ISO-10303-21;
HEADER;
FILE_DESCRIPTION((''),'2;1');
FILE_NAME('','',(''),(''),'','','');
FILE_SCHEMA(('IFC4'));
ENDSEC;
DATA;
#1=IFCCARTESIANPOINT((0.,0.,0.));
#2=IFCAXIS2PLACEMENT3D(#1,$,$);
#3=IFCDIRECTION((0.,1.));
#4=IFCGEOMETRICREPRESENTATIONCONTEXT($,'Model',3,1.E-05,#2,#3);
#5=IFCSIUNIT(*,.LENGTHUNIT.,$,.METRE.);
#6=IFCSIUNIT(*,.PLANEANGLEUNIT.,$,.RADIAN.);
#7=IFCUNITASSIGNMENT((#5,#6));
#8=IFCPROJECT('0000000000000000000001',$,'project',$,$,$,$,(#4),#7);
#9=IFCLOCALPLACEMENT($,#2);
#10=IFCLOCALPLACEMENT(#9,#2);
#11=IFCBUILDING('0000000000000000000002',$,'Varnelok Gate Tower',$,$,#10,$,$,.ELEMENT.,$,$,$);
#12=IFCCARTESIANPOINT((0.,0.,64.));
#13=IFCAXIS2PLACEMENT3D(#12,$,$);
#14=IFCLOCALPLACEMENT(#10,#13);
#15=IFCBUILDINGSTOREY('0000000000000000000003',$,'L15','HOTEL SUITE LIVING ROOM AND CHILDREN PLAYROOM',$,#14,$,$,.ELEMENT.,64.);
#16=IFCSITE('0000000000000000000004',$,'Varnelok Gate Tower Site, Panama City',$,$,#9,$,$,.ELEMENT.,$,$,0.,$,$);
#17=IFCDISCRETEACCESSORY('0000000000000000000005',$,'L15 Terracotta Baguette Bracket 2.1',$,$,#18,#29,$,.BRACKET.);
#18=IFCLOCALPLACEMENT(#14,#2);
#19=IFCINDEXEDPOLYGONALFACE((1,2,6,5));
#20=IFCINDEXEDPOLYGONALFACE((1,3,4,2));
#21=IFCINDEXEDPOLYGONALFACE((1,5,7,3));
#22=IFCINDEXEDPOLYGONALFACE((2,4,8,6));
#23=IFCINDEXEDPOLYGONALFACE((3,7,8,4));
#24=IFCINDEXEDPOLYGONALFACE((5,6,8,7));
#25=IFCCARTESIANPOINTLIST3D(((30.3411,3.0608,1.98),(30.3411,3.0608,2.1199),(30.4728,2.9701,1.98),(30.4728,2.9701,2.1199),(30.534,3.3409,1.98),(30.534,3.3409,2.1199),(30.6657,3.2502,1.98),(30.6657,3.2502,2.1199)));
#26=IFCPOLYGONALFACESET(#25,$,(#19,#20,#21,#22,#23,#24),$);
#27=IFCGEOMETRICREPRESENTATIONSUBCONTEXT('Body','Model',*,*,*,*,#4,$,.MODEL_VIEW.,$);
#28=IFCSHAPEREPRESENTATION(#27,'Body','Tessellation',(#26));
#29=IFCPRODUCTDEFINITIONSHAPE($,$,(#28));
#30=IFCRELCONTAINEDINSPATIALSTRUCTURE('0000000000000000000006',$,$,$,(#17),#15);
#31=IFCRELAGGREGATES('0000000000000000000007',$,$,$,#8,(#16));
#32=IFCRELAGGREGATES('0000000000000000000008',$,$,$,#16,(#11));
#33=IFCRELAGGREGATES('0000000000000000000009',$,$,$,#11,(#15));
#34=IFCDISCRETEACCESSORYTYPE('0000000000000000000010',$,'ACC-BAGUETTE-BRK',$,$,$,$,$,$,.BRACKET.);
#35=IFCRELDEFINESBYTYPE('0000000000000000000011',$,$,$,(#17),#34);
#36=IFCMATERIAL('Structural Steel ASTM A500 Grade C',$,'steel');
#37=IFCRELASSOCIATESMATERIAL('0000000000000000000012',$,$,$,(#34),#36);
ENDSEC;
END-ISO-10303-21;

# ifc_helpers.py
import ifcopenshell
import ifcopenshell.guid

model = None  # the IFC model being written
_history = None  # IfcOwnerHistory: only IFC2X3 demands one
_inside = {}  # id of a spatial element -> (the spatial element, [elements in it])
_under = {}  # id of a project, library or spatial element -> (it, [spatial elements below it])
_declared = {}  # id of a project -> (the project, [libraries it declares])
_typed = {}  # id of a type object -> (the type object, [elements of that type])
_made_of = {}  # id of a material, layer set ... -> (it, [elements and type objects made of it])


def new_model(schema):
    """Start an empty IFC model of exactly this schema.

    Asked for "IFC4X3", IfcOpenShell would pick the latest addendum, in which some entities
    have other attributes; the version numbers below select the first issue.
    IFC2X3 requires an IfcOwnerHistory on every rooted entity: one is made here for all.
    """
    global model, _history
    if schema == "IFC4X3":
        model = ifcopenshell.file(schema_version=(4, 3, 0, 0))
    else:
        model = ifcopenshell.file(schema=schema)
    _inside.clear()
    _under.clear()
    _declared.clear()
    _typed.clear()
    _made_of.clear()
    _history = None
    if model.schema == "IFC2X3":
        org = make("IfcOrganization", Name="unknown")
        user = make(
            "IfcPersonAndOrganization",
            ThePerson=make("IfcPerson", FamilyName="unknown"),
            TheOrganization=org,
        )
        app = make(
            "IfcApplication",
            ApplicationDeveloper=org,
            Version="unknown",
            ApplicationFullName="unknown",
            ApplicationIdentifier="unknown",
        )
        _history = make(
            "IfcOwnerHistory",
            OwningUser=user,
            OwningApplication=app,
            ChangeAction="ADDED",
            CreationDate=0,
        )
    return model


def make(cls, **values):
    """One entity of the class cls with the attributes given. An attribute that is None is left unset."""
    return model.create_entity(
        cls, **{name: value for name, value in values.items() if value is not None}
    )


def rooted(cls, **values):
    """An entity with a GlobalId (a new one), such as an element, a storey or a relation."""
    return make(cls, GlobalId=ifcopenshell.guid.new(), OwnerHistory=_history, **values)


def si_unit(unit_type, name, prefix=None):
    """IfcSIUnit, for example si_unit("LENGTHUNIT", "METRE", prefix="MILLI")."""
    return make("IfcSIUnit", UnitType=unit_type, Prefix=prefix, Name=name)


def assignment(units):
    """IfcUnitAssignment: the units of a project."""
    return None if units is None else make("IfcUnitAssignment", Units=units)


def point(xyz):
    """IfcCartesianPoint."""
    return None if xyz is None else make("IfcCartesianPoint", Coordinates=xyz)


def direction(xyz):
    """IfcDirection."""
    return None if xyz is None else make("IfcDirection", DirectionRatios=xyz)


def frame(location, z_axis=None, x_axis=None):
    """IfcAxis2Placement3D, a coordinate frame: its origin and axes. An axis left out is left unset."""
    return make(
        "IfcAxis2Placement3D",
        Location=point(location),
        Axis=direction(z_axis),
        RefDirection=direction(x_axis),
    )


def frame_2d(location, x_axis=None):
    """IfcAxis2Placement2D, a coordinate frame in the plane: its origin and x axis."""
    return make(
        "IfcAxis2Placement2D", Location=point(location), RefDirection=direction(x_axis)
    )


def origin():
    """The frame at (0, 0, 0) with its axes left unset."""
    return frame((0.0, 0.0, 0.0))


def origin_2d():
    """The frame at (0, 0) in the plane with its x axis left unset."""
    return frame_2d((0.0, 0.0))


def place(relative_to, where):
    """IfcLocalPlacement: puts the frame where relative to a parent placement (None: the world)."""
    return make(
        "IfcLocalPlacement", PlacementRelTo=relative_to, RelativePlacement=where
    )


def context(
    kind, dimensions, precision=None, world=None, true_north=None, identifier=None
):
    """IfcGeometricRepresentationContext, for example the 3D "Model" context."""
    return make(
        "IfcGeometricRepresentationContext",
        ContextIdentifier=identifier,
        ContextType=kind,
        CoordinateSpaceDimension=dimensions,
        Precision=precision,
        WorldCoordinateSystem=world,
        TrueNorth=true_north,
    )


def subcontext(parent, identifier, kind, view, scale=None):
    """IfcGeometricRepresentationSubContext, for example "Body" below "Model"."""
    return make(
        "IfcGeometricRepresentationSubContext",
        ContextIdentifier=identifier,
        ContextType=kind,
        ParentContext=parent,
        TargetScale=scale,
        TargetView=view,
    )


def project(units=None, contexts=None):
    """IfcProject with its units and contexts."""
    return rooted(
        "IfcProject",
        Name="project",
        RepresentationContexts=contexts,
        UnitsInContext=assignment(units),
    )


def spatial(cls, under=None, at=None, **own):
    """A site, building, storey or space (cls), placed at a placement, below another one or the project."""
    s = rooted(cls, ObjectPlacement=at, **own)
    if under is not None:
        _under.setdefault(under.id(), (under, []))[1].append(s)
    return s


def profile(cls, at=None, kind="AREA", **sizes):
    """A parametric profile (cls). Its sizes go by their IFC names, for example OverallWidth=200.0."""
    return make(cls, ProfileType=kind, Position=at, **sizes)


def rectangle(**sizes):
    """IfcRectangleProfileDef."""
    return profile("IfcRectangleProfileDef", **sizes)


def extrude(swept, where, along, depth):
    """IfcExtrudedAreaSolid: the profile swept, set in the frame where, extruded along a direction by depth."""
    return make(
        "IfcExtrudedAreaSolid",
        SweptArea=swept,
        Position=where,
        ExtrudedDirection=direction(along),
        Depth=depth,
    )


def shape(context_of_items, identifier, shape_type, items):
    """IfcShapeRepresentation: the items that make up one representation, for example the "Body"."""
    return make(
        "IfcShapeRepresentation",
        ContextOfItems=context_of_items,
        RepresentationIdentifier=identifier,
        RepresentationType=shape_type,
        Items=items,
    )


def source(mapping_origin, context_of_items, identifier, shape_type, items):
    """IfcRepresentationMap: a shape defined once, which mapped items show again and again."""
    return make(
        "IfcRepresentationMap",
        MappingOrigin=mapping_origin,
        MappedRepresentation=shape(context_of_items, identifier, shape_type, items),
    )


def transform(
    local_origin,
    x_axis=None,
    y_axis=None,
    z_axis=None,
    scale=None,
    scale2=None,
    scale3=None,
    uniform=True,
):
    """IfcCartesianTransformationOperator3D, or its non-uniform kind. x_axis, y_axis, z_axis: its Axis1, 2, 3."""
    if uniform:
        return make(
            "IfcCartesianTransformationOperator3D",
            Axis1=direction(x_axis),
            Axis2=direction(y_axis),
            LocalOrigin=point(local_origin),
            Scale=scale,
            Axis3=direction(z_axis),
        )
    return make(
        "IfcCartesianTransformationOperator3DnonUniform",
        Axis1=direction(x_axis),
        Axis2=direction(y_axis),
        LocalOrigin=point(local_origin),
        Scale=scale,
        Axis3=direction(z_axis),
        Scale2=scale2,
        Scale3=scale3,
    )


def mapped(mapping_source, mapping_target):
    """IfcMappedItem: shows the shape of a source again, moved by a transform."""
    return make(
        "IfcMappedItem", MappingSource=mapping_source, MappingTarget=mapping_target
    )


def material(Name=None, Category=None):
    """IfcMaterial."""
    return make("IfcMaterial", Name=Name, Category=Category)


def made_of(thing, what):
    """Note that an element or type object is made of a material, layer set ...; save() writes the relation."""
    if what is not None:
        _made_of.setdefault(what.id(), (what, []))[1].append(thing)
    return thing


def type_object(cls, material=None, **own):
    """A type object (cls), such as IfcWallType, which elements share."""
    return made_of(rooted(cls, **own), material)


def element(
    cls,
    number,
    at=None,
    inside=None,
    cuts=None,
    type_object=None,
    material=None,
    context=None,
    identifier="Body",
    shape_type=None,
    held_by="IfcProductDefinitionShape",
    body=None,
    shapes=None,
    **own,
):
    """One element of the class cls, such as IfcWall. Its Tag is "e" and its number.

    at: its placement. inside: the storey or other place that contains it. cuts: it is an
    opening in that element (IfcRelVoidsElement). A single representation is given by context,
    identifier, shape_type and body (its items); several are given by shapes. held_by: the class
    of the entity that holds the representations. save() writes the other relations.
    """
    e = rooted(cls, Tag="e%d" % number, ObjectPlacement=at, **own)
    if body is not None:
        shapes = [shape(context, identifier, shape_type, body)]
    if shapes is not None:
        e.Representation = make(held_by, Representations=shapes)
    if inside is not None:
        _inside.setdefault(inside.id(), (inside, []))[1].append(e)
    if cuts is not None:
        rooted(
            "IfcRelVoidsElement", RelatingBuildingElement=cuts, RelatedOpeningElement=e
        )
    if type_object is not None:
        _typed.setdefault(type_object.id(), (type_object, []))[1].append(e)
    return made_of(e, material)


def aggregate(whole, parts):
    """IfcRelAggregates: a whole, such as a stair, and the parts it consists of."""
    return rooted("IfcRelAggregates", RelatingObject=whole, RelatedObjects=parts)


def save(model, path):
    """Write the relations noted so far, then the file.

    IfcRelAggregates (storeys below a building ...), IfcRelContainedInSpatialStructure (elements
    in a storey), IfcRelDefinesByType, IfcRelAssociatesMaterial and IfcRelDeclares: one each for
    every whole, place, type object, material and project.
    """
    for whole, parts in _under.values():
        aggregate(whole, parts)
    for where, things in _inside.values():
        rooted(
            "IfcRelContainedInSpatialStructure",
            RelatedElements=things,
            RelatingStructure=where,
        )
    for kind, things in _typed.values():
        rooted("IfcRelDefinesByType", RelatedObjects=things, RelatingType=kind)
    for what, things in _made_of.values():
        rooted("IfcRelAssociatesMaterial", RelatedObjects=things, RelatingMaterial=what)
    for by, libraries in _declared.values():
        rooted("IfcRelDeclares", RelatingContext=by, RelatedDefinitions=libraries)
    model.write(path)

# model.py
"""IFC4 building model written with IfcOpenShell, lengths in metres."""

from ifc_helpers import new_model, si_unit, direction, frame, origin, origin_2d, place, context, subcontext, project, spatial, rectangle, extrude, source, transform, mapped, material, type_object, element, save


model = new_model("IFC4")

# Units and contexts
model_context = context("Model", 3, precision=1e-05, world=origin(), true_north=direction((0.0, 1.0)))
body_context = subcontext(model_context, "Body", "Model", "MODEL_VIEW")
ifc_project = project(units=[si_unit("LENGTHUNIT", "METRE"), si_unit("PLANEANGLEUNIT", "RADIAN")], contexts=[model_context])

# Site, building, storey
site_placement = place(None, origin())
site = spatial("IfcSite", under=ifc_project, at=site_placement, Name="Varnelok Gate Tower Site, Panama City", CompositionType="ELEMENT", RefElevation=0.0)
building_placement = place(site_placement, origin())
building = spatial("IfcBuilding", under=site, at=building_placement, Name="Varnelok Gate Tower", CompositionType="ELEMENT")
storey_placement = place(building_placement, frame((0.0, 0.0, 64.0)))
storey = spatial("IfcBuildingStorey", under=building, at=storey_placement, Name="L15", Description="HOTEL SUITE LIVING ROOM AND CHILDREN PLAYROOM", CompositionType="ELEMENT", Elevation=64.0)

# Discrete accessory
ifc_material_1 = material(Name="Structural Steel ASTM A500 Grade C", Category="steel")
discrete_accessory_type = type_object("IfcDiscreteAccessoryType", Name="ACC-BAGUETTE-BRK", PredefinedType="BRACKET", material=ifc_material_1)
shared_shape_1 = source(origin(), body_context, "Body", "SweptSolid", [
    extrude(rectangle(XDim=0.1599, YDim=0.3401, at=origin_2d()), origin(), (0.0, 0.0, 1.0), 0.1399),
])
discrete_accessory_placement = place(storey_placement, frame((30.5034, 3.1555, 1.98), z_axis=(0.0, 0.0, 1.0), x_axis=(0.823533, -0.567269, 0.0)))
element("IfcDiscreteAccessory", 1, at=discrete_accessory_placement, inside=storey, type_object=discrete_accessory_type, Name="L15 Terracotta Baguette Bracket 2.1", PredefinedType="BRACKET", context=body_context, shape_type="MappedRepresentation", body=[
    mapped(shared_shape_1, transform((0.0, 0.0, 0.0), scale=1.0)),
])

save(model, "model.ifc")
